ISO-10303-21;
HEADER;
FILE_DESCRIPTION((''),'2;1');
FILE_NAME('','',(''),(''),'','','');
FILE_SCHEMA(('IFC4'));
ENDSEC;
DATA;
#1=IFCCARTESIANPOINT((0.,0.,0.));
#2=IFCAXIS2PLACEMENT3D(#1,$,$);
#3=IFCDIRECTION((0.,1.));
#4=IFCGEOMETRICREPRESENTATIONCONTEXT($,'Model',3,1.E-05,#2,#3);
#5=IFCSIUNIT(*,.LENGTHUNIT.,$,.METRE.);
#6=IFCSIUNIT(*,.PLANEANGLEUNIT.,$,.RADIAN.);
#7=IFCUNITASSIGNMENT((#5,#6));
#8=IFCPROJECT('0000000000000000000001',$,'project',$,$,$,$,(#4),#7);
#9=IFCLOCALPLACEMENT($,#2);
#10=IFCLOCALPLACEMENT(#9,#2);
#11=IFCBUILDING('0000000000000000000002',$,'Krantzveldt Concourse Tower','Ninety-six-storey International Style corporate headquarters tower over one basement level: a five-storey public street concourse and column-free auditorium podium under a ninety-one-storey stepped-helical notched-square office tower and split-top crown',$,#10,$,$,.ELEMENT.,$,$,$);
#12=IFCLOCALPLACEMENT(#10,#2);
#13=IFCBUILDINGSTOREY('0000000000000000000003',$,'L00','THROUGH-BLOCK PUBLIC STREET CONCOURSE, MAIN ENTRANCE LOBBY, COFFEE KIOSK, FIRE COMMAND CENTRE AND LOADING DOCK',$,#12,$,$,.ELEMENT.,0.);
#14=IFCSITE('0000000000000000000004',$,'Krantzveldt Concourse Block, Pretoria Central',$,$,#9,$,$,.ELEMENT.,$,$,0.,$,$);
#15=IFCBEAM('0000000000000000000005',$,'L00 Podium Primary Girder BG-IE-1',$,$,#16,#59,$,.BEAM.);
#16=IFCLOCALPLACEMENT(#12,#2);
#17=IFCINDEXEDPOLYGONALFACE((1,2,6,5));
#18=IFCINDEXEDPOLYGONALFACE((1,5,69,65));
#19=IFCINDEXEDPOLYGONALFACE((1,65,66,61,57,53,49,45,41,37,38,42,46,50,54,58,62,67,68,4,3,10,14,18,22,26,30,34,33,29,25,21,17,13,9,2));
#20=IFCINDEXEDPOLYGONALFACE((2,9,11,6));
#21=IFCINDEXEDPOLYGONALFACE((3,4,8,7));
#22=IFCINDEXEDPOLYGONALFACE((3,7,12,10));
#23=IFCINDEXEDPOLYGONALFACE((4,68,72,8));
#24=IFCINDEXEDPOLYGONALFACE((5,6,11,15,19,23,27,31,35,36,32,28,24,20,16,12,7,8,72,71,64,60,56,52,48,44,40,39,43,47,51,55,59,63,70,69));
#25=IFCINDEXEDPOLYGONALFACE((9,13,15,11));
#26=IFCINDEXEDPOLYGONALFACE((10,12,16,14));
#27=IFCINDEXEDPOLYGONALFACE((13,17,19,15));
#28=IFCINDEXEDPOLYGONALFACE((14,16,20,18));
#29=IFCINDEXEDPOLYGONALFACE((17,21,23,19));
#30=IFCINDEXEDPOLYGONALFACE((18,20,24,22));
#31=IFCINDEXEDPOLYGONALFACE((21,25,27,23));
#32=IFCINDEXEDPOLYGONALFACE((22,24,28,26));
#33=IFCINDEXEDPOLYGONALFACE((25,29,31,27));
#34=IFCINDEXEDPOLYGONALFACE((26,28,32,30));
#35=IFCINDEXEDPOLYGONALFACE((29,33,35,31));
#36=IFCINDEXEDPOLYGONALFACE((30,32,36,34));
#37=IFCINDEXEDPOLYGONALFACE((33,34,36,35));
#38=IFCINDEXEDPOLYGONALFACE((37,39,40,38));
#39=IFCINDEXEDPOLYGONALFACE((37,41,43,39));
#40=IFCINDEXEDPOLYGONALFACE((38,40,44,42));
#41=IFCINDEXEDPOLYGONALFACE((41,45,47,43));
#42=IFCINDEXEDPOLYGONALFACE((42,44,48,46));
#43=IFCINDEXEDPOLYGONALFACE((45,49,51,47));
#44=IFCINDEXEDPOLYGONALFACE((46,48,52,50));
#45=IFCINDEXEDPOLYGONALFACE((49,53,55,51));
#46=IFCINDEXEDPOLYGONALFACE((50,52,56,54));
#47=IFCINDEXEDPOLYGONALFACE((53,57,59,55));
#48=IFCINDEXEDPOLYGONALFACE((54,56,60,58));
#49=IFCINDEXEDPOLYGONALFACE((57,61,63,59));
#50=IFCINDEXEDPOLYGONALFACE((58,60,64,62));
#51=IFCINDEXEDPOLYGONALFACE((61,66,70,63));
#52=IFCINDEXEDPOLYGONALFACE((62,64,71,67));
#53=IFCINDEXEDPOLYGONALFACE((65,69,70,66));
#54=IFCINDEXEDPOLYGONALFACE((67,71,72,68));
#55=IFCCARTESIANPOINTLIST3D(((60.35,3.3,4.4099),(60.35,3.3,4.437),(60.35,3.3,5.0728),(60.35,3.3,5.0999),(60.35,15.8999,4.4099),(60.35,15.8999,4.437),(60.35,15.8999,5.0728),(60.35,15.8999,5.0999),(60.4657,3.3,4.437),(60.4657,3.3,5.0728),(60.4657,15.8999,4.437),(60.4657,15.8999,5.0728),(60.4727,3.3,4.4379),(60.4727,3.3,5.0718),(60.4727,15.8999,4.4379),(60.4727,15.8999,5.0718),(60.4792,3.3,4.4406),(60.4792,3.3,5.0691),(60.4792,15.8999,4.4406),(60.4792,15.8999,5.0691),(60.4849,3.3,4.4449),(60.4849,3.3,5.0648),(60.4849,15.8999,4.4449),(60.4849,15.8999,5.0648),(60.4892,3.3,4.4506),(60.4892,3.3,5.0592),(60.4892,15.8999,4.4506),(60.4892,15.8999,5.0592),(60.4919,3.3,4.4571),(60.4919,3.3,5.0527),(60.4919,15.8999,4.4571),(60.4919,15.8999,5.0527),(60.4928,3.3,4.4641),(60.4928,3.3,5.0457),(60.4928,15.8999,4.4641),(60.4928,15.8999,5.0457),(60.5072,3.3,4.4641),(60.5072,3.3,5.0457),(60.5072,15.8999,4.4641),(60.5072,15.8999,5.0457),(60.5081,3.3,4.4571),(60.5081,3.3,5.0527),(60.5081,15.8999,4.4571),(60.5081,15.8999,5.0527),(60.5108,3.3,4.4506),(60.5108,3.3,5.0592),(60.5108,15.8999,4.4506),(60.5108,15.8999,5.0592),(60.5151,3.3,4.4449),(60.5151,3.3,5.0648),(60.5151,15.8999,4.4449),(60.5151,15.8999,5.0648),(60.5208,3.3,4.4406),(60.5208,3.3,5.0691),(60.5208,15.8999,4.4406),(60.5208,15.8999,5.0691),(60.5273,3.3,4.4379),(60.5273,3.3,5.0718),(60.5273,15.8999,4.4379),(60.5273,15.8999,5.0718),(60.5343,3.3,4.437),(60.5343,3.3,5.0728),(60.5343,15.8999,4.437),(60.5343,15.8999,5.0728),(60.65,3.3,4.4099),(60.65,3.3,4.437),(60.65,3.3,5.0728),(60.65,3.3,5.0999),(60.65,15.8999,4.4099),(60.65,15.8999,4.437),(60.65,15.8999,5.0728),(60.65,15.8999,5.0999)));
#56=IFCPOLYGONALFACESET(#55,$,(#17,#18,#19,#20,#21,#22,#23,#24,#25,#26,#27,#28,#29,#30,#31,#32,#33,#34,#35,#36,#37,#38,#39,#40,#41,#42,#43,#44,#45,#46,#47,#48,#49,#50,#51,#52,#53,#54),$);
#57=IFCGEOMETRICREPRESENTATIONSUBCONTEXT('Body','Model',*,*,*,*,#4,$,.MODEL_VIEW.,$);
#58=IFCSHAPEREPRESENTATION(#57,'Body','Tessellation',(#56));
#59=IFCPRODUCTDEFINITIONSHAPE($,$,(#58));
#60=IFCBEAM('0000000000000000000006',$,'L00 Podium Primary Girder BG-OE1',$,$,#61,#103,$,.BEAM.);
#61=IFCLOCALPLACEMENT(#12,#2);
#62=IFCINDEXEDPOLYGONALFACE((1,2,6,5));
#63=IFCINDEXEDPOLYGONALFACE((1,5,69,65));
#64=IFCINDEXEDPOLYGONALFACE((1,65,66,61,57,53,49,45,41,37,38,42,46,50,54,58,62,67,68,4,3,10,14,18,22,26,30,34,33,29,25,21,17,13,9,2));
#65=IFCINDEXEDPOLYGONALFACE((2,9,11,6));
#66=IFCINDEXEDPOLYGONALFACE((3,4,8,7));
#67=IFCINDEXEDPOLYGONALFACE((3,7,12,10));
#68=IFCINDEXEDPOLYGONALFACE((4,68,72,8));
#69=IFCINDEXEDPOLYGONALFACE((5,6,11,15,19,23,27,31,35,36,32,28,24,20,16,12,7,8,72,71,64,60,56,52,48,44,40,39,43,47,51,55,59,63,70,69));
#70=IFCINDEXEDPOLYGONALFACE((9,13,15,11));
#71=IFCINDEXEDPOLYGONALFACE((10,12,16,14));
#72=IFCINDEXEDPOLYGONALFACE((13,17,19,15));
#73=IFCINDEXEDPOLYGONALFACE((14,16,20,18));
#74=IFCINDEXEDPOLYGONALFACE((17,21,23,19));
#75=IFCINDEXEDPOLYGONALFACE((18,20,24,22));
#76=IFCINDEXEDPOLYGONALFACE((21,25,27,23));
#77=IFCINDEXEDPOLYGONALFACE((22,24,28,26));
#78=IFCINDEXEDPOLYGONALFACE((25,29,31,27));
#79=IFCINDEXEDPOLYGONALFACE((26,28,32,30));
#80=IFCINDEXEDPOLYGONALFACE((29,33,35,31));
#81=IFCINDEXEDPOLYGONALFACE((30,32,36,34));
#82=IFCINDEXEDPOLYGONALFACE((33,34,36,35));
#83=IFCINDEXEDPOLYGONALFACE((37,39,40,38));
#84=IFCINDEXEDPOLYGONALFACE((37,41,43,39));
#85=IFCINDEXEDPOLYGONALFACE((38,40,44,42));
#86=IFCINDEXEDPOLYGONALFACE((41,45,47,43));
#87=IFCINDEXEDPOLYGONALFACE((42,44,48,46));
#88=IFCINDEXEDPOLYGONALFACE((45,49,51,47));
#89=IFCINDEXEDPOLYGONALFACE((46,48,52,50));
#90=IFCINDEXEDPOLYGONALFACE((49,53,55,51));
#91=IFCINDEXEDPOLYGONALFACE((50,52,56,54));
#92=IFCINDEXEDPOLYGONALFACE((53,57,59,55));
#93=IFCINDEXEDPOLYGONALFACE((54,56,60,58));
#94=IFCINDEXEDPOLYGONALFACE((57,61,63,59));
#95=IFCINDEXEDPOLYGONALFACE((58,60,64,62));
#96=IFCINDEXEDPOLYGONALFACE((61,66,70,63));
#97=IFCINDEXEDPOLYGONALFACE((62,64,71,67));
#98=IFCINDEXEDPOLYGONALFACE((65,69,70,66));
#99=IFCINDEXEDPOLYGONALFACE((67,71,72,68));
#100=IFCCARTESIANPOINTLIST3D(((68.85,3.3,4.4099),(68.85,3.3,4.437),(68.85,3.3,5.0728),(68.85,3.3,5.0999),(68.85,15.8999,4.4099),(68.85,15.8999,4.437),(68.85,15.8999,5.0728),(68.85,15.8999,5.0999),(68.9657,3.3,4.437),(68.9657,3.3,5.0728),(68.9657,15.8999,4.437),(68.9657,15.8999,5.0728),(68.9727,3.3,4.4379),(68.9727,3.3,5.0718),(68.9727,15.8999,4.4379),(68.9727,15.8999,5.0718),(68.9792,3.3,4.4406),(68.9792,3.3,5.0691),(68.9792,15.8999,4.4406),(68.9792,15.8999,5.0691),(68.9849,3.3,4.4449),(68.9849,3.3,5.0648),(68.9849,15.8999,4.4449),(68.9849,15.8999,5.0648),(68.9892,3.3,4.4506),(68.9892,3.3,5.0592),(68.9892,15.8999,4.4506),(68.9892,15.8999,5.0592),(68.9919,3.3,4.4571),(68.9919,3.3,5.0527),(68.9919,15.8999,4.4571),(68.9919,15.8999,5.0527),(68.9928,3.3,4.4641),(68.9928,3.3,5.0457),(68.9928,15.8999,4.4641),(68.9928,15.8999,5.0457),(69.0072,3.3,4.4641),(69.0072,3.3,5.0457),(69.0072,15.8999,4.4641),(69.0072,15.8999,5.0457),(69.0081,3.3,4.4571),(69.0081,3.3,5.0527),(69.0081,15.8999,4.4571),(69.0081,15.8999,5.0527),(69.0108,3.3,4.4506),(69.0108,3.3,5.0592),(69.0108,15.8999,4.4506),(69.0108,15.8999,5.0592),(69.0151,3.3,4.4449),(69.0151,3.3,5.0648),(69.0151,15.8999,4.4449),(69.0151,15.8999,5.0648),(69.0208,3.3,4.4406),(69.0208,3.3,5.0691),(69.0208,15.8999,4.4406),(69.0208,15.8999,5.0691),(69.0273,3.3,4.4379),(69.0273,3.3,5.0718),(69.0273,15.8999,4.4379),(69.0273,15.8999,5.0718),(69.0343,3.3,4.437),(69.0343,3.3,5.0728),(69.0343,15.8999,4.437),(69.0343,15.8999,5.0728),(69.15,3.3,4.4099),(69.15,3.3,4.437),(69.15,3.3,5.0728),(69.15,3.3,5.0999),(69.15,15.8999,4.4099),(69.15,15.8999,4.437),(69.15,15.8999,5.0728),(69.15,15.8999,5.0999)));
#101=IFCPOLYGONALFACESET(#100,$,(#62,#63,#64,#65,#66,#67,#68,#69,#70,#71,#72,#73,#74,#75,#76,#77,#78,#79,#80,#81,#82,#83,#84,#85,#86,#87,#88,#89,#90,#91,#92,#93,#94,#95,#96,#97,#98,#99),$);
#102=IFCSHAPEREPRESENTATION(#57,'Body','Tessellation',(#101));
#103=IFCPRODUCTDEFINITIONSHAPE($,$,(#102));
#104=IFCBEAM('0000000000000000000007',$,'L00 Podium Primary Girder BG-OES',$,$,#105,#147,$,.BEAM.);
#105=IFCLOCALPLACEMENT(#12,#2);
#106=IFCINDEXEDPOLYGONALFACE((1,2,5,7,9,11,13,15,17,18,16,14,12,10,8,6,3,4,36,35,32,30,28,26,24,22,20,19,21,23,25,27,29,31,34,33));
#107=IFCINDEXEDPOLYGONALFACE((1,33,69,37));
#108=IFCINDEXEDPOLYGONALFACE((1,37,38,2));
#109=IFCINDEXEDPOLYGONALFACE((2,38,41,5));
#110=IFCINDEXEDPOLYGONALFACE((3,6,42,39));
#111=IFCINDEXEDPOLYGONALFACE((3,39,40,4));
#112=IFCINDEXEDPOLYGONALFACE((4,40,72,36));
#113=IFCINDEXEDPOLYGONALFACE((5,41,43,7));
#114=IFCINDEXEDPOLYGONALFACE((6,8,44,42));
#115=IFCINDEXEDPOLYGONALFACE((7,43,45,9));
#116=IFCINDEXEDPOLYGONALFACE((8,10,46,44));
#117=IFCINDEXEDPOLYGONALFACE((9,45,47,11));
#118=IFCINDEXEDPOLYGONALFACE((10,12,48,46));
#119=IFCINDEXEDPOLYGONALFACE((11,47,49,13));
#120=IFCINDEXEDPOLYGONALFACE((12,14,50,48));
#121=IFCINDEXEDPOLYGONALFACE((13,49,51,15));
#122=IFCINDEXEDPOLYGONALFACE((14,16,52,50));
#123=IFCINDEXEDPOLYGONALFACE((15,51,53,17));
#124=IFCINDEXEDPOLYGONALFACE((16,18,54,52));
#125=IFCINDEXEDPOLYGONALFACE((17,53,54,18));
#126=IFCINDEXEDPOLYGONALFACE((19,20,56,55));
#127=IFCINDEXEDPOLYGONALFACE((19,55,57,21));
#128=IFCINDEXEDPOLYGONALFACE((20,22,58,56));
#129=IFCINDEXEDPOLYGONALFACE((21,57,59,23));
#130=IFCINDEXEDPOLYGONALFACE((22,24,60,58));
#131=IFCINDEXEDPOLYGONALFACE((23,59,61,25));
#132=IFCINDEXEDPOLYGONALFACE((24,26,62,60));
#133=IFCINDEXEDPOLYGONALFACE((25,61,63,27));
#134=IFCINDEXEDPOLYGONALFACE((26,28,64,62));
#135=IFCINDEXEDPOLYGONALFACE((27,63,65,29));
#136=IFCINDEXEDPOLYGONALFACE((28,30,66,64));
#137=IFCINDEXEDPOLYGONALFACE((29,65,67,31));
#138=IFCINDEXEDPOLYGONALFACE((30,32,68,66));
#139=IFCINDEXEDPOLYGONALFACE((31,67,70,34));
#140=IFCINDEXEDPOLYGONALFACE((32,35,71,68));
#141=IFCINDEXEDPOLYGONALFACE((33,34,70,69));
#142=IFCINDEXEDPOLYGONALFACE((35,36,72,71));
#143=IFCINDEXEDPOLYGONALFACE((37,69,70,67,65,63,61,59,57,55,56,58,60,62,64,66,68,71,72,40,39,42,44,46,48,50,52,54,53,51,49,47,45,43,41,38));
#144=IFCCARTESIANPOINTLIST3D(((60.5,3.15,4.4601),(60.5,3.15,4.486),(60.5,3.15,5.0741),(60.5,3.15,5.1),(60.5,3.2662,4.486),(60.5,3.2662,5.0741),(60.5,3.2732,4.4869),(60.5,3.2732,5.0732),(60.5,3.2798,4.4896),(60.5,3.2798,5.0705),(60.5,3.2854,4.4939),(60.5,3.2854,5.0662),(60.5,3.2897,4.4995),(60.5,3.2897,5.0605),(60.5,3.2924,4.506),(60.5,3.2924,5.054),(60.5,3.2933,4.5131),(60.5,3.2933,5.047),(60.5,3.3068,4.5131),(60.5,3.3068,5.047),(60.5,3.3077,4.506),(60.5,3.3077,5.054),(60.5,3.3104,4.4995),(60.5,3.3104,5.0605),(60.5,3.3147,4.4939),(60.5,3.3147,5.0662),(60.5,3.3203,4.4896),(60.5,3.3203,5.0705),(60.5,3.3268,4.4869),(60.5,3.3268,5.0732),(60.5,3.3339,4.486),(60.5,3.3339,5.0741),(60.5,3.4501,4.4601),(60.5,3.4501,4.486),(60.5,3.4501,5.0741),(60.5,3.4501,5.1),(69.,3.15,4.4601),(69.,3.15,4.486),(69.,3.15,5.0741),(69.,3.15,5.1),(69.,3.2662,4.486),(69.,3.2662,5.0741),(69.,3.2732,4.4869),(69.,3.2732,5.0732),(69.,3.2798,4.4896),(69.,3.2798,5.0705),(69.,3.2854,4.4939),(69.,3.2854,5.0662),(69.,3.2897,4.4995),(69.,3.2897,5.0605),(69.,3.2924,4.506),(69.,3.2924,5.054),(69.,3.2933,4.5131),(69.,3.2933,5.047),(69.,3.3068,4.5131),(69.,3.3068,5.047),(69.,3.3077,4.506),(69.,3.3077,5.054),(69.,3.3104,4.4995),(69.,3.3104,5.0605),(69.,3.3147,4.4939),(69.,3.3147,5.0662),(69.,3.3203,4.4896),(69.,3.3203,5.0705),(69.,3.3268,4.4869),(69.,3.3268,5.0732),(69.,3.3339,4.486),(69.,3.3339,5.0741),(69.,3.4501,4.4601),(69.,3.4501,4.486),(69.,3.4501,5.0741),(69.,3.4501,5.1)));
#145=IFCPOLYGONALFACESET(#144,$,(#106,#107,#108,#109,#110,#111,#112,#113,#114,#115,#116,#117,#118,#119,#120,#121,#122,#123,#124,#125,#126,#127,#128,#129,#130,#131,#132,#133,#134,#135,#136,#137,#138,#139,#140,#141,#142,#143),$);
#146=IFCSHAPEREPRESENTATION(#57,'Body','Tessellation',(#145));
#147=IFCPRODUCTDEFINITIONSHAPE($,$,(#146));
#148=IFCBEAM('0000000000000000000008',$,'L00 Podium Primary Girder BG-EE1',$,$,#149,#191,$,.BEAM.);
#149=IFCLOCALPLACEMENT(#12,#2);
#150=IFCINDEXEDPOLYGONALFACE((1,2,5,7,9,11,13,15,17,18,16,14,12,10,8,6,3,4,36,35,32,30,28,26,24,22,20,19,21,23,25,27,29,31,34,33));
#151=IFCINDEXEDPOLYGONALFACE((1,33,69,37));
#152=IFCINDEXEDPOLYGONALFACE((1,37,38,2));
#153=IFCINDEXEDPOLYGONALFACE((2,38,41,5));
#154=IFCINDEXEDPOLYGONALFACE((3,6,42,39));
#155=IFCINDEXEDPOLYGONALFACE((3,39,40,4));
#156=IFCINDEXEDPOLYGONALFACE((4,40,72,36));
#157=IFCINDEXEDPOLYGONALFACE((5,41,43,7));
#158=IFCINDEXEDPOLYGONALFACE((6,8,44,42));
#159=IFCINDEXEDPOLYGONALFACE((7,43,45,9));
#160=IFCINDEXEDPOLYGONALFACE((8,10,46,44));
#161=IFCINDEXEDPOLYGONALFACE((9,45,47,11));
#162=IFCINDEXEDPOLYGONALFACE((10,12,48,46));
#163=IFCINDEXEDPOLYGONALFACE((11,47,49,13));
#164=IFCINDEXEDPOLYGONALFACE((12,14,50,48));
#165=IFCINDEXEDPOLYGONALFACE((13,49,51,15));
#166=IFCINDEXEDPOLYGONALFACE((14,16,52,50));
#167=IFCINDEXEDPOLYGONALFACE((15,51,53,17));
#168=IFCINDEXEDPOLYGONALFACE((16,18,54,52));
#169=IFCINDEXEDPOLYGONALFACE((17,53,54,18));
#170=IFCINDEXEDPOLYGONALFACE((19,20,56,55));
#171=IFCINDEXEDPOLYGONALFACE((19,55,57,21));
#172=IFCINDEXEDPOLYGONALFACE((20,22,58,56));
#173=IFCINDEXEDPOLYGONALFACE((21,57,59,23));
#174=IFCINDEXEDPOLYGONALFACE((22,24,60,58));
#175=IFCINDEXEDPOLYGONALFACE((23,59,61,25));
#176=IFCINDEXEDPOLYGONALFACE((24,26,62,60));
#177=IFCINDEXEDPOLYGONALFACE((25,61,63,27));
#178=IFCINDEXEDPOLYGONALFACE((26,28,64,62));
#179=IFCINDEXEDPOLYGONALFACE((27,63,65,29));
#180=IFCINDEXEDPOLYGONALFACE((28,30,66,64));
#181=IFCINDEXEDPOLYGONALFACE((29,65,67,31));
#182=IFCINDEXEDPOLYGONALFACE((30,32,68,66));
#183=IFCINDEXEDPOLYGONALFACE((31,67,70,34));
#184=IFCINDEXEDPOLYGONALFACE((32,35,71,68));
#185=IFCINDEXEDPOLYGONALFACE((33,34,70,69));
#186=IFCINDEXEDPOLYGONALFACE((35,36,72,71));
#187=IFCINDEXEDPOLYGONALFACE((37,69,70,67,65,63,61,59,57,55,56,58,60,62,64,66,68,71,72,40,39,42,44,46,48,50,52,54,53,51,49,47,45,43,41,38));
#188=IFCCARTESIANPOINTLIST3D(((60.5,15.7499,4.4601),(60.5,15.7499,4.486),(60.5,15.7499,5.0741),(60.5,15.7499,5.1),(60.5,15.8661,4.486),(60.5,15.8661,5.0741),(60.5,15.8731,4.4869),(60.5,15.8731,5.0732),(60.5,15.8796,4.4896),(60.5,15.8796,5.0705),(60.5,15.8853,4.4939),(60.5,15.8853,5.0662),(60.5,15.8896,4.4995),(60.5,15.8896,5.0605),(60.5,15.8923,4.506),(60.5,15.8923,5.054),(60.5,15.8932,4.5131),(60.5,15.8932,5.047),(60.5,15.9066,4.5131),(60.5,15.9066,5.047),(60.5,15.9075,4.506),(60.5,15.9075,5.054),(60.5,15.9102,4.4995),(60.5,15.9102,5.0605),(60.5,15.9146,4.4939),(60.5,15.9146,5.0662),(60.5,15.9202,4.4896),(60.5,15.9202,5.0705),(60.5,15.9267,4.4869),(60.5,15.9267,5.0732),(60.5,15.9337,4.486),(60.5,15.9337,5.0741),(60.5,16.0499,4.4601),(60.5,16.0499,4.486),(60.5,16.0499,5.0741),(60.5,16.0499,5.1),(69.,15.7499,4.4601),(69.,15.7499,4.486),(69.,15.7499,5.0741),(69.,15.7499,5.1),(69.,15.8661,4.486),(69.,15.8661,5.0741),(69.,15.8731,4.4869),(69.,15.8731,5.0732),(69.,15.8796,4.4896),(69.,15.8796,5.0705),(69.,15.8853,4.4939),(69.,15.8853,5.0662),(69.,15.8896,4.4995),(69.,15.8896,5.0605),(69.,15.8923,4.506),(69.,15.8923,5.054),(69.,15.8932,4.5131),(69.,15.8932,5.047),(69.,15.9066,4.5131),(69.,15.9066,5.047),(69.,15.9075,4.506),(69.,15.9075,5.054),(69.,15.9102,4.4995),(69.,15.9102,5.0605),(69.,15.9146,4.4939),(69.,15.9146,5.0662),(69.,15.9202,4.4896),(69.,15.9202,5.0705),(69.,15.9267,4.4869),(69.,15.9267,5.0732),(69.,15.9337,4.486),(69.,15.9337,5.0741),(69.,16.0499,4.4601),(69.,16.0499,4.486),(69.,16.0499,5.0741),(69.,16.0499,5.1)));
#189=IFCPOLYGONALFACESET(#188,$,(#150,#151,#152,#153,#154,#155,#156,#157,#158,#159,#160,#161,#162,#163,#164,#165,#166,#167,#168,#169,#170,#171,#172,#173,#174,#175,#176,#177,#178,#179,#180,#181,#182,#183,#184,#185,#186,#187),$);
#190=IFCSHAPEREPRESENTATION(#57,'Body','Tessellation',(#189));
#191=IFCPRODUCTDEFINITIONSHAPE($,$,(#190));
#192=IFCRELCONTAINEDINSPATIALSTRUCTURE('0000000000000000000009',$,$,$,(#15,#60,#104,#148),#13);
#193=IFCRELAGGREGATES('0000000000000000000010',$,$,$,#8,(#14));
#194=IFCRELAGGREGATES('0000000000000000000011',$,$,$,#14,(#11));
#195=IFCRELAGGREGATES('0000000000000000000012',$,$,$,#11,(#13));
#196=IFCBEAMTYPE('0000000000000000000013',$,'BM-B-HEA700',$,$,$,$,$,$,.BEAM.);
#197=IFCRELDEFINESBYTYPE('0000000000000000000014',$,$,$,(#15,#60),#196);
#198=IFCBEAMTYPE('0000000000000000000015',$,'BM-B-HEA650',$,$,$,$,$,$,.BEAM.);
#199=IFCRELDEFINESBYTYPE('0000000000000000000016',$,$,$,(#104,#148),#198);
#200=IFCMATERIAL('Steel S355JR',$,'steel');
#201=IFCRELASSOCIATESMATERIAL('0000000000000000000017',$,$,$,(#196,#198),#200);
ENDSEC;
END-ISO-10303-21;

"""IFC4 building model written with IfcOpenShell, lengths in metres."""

from ifc_helpers import new_model, si_unit, direction, frame, origin, origin_2d, place, context, subcontext, project, spatial, i_section, extrude, source, transform, mapped, material, material_profile, profile_set, type_object, type_shapes, element, save


model = new_model("IFC4")

# Units and contexts
model_context = context("Model", 3, precision=1e-05, world=origin(), true_north=direction((0.0, 1.0)))
body_context = subcontext(model_context, "Body", "Model", "MODEL_VIEW")
ifc_project = project(units=[si_unit("LENGTHUNIT", "METRE"), si_unit("PLANEANGLEUNIT", "RADIAN")], contexts=[model_context])

# Site, building, storey
site_placement = place(None, origin())
site = spatial("IfcSite", under=ifc_project, at=site_placement, Name="Krantzveldt Concourse Block, Pretoria Central", CompositionType="ELEMENT", RefElevation=0.0)
building_placement = place(site_placement, origin())
building = spatial("IfcBuilding", under=site, at=building_placement, Name="Krantzveldt Concourse Tower", Description="Ninety-six-storey International Style corporate headquarters tower over one basement level: a five-storey public street concourse and column-free auditorium podium under a ninety-one-storey stepped-helical notched-square office tower and split-top crown", CompositionType="ELEMENT")
storey_placement = place(building_placement, origin())
storey = spatial("IfcBuildingStorey", under=building, at=storey_placement, Name="L00", Description="THROUGH-BLOCK PUBLIC STREET CONCOURSE, MAIN ENTRANCE LOBBY, COFFEE KIOSK, FIRE COMMAND CENTRE AND LOADING DOCK", CompositionType="ELEMENT", Elevation=0.0)

# Beams
ifc_material_1 = material(Name="Steel S355JR", Category="steel")
ifc_material_profile_1 = material_profile(ifc_material_1, i_section(OverallWidth=0.3, OverallDepth=0.6899, WebThickness=0.0144, FlangeThickness=0.0271, FilletRadius=0.0271, at=origin_2d()), Name="Steel S355JR", Category="steel")
ifc_profile_set_1 = profile_set([ifc_material_profile_1], Name="Steel S355JR - HEA 700")
beam_type_1 = type_object("IfcBeamType", Name="BM-B-HEA700", PredefinedType="BEAM", material=ifc_profile_set_1)
shared_shape_1 = source(origin(), body_context, "Body", "SweptSolid", [
    extrude(i_section(OverallWidth=0.3, OverallDepth=0.6899, WebThickness=0.0144, FlangeThickness=0.0271, FilletRadius=0.0271, at=origin_2d()), origin(), (0.0, 0.0, 1.0), 12.5999),
])
for number, where, z_axis, x_axis, name in (
    (1, (60.5, 3.3, 4.7549), (0.0, 1.0, 0.0), (-1.0, 0.0, 0.0), "L00 Podium Primary Girder BG-IE-1"),
    (2, (69.0, 3.3, 4.7549), (0.0, 1.0, 0.0), (-1.0, 0.0, 0.0), "L00 Podium Primary Girder BG-OE1"),
):
    element("IfcBeam", number, at=place(storey_placement, frame(where, z_axis=z_axis, x_axis=x_axis)), inside=storey, type_object=beam_type_1, Name=name, PredefinedType="BEAM", context=body_context, shape_type="MappedRepresentation", body=[
        mapped(shared_shape_1, transform((0.0, 0.0, 0.0), x_axis=(1.0, 0.0, 0.0), y_axis=(0.0, 1.0, 0.0), z_axis=(0.0, 0.0, 1.0), scale=1.0)),
    ])
ifc_material_profile_2 = material_profile(ifc_material_1, i_section(OverallWidth=0.3, OverallDepth=0.6399, WebThickness=0.0134, FlangeThickness=0.0259, FilletRadius=0.0271, at=origin_2d()), Name="Steel S355JR", Category="steel")
ifc_profile_set_2 = profile_set([ifc_material_profile_2], Name="Steel S355JR - HEA 650")
beam_type_2 = type_object("IfcBeamType", Name="BM-B-HEA650", PredefinedType="BEAM", material=ifc_profile_set_2)
shared_shape_2 = source(origin(), body_context, "Body", "SweptSolid", [
    extrude(i_section(OverallWidth=0.3, OverallDepth=0.6399, WebThickness=0.0134, FlangeThickness=0.0259, FilletRadius=0.0271, at=origin_2d()), origin(), (0.0, 0.0, 1.0), 8.5),
])
type_shapes(beam_type_2, [shared_shape_2])
for number, where, z_axis, x_axis, name in (
    (3, (60.5, 3.3, 4.78), (1.0, 0.0, 0.0), (0.0, 1.0, 0.0), "L00 Podium Primary Girder BG-OES"),
    (4, (60.5, 15.8999, 4.78), (1.0, 0.0, 0.0), (0.0, 1.0, 0.0), "L00 Podium Primary Girder BG-EE1"),
):
    element("IfcBeam", number, at=place(storey_placement, frame(where, z_axis=z_axis, x_axis=x_axis)), inside=storey, type_object=beam_type_2, Name=name, PredefinedType="BEAM", context=body_context, shape_type="MappedRepresentation", body=[
        mapped(shared_shape_2, transform((0.0, 0.0, 0.0), x_axis=(1.0, 0.0, 0.0), y_axis=(0.0, 1.0, 0.0), z_axis=(0.0, 0.0, 1.0), scale=1.0)),
    ])

save(model, "model.ifc")
